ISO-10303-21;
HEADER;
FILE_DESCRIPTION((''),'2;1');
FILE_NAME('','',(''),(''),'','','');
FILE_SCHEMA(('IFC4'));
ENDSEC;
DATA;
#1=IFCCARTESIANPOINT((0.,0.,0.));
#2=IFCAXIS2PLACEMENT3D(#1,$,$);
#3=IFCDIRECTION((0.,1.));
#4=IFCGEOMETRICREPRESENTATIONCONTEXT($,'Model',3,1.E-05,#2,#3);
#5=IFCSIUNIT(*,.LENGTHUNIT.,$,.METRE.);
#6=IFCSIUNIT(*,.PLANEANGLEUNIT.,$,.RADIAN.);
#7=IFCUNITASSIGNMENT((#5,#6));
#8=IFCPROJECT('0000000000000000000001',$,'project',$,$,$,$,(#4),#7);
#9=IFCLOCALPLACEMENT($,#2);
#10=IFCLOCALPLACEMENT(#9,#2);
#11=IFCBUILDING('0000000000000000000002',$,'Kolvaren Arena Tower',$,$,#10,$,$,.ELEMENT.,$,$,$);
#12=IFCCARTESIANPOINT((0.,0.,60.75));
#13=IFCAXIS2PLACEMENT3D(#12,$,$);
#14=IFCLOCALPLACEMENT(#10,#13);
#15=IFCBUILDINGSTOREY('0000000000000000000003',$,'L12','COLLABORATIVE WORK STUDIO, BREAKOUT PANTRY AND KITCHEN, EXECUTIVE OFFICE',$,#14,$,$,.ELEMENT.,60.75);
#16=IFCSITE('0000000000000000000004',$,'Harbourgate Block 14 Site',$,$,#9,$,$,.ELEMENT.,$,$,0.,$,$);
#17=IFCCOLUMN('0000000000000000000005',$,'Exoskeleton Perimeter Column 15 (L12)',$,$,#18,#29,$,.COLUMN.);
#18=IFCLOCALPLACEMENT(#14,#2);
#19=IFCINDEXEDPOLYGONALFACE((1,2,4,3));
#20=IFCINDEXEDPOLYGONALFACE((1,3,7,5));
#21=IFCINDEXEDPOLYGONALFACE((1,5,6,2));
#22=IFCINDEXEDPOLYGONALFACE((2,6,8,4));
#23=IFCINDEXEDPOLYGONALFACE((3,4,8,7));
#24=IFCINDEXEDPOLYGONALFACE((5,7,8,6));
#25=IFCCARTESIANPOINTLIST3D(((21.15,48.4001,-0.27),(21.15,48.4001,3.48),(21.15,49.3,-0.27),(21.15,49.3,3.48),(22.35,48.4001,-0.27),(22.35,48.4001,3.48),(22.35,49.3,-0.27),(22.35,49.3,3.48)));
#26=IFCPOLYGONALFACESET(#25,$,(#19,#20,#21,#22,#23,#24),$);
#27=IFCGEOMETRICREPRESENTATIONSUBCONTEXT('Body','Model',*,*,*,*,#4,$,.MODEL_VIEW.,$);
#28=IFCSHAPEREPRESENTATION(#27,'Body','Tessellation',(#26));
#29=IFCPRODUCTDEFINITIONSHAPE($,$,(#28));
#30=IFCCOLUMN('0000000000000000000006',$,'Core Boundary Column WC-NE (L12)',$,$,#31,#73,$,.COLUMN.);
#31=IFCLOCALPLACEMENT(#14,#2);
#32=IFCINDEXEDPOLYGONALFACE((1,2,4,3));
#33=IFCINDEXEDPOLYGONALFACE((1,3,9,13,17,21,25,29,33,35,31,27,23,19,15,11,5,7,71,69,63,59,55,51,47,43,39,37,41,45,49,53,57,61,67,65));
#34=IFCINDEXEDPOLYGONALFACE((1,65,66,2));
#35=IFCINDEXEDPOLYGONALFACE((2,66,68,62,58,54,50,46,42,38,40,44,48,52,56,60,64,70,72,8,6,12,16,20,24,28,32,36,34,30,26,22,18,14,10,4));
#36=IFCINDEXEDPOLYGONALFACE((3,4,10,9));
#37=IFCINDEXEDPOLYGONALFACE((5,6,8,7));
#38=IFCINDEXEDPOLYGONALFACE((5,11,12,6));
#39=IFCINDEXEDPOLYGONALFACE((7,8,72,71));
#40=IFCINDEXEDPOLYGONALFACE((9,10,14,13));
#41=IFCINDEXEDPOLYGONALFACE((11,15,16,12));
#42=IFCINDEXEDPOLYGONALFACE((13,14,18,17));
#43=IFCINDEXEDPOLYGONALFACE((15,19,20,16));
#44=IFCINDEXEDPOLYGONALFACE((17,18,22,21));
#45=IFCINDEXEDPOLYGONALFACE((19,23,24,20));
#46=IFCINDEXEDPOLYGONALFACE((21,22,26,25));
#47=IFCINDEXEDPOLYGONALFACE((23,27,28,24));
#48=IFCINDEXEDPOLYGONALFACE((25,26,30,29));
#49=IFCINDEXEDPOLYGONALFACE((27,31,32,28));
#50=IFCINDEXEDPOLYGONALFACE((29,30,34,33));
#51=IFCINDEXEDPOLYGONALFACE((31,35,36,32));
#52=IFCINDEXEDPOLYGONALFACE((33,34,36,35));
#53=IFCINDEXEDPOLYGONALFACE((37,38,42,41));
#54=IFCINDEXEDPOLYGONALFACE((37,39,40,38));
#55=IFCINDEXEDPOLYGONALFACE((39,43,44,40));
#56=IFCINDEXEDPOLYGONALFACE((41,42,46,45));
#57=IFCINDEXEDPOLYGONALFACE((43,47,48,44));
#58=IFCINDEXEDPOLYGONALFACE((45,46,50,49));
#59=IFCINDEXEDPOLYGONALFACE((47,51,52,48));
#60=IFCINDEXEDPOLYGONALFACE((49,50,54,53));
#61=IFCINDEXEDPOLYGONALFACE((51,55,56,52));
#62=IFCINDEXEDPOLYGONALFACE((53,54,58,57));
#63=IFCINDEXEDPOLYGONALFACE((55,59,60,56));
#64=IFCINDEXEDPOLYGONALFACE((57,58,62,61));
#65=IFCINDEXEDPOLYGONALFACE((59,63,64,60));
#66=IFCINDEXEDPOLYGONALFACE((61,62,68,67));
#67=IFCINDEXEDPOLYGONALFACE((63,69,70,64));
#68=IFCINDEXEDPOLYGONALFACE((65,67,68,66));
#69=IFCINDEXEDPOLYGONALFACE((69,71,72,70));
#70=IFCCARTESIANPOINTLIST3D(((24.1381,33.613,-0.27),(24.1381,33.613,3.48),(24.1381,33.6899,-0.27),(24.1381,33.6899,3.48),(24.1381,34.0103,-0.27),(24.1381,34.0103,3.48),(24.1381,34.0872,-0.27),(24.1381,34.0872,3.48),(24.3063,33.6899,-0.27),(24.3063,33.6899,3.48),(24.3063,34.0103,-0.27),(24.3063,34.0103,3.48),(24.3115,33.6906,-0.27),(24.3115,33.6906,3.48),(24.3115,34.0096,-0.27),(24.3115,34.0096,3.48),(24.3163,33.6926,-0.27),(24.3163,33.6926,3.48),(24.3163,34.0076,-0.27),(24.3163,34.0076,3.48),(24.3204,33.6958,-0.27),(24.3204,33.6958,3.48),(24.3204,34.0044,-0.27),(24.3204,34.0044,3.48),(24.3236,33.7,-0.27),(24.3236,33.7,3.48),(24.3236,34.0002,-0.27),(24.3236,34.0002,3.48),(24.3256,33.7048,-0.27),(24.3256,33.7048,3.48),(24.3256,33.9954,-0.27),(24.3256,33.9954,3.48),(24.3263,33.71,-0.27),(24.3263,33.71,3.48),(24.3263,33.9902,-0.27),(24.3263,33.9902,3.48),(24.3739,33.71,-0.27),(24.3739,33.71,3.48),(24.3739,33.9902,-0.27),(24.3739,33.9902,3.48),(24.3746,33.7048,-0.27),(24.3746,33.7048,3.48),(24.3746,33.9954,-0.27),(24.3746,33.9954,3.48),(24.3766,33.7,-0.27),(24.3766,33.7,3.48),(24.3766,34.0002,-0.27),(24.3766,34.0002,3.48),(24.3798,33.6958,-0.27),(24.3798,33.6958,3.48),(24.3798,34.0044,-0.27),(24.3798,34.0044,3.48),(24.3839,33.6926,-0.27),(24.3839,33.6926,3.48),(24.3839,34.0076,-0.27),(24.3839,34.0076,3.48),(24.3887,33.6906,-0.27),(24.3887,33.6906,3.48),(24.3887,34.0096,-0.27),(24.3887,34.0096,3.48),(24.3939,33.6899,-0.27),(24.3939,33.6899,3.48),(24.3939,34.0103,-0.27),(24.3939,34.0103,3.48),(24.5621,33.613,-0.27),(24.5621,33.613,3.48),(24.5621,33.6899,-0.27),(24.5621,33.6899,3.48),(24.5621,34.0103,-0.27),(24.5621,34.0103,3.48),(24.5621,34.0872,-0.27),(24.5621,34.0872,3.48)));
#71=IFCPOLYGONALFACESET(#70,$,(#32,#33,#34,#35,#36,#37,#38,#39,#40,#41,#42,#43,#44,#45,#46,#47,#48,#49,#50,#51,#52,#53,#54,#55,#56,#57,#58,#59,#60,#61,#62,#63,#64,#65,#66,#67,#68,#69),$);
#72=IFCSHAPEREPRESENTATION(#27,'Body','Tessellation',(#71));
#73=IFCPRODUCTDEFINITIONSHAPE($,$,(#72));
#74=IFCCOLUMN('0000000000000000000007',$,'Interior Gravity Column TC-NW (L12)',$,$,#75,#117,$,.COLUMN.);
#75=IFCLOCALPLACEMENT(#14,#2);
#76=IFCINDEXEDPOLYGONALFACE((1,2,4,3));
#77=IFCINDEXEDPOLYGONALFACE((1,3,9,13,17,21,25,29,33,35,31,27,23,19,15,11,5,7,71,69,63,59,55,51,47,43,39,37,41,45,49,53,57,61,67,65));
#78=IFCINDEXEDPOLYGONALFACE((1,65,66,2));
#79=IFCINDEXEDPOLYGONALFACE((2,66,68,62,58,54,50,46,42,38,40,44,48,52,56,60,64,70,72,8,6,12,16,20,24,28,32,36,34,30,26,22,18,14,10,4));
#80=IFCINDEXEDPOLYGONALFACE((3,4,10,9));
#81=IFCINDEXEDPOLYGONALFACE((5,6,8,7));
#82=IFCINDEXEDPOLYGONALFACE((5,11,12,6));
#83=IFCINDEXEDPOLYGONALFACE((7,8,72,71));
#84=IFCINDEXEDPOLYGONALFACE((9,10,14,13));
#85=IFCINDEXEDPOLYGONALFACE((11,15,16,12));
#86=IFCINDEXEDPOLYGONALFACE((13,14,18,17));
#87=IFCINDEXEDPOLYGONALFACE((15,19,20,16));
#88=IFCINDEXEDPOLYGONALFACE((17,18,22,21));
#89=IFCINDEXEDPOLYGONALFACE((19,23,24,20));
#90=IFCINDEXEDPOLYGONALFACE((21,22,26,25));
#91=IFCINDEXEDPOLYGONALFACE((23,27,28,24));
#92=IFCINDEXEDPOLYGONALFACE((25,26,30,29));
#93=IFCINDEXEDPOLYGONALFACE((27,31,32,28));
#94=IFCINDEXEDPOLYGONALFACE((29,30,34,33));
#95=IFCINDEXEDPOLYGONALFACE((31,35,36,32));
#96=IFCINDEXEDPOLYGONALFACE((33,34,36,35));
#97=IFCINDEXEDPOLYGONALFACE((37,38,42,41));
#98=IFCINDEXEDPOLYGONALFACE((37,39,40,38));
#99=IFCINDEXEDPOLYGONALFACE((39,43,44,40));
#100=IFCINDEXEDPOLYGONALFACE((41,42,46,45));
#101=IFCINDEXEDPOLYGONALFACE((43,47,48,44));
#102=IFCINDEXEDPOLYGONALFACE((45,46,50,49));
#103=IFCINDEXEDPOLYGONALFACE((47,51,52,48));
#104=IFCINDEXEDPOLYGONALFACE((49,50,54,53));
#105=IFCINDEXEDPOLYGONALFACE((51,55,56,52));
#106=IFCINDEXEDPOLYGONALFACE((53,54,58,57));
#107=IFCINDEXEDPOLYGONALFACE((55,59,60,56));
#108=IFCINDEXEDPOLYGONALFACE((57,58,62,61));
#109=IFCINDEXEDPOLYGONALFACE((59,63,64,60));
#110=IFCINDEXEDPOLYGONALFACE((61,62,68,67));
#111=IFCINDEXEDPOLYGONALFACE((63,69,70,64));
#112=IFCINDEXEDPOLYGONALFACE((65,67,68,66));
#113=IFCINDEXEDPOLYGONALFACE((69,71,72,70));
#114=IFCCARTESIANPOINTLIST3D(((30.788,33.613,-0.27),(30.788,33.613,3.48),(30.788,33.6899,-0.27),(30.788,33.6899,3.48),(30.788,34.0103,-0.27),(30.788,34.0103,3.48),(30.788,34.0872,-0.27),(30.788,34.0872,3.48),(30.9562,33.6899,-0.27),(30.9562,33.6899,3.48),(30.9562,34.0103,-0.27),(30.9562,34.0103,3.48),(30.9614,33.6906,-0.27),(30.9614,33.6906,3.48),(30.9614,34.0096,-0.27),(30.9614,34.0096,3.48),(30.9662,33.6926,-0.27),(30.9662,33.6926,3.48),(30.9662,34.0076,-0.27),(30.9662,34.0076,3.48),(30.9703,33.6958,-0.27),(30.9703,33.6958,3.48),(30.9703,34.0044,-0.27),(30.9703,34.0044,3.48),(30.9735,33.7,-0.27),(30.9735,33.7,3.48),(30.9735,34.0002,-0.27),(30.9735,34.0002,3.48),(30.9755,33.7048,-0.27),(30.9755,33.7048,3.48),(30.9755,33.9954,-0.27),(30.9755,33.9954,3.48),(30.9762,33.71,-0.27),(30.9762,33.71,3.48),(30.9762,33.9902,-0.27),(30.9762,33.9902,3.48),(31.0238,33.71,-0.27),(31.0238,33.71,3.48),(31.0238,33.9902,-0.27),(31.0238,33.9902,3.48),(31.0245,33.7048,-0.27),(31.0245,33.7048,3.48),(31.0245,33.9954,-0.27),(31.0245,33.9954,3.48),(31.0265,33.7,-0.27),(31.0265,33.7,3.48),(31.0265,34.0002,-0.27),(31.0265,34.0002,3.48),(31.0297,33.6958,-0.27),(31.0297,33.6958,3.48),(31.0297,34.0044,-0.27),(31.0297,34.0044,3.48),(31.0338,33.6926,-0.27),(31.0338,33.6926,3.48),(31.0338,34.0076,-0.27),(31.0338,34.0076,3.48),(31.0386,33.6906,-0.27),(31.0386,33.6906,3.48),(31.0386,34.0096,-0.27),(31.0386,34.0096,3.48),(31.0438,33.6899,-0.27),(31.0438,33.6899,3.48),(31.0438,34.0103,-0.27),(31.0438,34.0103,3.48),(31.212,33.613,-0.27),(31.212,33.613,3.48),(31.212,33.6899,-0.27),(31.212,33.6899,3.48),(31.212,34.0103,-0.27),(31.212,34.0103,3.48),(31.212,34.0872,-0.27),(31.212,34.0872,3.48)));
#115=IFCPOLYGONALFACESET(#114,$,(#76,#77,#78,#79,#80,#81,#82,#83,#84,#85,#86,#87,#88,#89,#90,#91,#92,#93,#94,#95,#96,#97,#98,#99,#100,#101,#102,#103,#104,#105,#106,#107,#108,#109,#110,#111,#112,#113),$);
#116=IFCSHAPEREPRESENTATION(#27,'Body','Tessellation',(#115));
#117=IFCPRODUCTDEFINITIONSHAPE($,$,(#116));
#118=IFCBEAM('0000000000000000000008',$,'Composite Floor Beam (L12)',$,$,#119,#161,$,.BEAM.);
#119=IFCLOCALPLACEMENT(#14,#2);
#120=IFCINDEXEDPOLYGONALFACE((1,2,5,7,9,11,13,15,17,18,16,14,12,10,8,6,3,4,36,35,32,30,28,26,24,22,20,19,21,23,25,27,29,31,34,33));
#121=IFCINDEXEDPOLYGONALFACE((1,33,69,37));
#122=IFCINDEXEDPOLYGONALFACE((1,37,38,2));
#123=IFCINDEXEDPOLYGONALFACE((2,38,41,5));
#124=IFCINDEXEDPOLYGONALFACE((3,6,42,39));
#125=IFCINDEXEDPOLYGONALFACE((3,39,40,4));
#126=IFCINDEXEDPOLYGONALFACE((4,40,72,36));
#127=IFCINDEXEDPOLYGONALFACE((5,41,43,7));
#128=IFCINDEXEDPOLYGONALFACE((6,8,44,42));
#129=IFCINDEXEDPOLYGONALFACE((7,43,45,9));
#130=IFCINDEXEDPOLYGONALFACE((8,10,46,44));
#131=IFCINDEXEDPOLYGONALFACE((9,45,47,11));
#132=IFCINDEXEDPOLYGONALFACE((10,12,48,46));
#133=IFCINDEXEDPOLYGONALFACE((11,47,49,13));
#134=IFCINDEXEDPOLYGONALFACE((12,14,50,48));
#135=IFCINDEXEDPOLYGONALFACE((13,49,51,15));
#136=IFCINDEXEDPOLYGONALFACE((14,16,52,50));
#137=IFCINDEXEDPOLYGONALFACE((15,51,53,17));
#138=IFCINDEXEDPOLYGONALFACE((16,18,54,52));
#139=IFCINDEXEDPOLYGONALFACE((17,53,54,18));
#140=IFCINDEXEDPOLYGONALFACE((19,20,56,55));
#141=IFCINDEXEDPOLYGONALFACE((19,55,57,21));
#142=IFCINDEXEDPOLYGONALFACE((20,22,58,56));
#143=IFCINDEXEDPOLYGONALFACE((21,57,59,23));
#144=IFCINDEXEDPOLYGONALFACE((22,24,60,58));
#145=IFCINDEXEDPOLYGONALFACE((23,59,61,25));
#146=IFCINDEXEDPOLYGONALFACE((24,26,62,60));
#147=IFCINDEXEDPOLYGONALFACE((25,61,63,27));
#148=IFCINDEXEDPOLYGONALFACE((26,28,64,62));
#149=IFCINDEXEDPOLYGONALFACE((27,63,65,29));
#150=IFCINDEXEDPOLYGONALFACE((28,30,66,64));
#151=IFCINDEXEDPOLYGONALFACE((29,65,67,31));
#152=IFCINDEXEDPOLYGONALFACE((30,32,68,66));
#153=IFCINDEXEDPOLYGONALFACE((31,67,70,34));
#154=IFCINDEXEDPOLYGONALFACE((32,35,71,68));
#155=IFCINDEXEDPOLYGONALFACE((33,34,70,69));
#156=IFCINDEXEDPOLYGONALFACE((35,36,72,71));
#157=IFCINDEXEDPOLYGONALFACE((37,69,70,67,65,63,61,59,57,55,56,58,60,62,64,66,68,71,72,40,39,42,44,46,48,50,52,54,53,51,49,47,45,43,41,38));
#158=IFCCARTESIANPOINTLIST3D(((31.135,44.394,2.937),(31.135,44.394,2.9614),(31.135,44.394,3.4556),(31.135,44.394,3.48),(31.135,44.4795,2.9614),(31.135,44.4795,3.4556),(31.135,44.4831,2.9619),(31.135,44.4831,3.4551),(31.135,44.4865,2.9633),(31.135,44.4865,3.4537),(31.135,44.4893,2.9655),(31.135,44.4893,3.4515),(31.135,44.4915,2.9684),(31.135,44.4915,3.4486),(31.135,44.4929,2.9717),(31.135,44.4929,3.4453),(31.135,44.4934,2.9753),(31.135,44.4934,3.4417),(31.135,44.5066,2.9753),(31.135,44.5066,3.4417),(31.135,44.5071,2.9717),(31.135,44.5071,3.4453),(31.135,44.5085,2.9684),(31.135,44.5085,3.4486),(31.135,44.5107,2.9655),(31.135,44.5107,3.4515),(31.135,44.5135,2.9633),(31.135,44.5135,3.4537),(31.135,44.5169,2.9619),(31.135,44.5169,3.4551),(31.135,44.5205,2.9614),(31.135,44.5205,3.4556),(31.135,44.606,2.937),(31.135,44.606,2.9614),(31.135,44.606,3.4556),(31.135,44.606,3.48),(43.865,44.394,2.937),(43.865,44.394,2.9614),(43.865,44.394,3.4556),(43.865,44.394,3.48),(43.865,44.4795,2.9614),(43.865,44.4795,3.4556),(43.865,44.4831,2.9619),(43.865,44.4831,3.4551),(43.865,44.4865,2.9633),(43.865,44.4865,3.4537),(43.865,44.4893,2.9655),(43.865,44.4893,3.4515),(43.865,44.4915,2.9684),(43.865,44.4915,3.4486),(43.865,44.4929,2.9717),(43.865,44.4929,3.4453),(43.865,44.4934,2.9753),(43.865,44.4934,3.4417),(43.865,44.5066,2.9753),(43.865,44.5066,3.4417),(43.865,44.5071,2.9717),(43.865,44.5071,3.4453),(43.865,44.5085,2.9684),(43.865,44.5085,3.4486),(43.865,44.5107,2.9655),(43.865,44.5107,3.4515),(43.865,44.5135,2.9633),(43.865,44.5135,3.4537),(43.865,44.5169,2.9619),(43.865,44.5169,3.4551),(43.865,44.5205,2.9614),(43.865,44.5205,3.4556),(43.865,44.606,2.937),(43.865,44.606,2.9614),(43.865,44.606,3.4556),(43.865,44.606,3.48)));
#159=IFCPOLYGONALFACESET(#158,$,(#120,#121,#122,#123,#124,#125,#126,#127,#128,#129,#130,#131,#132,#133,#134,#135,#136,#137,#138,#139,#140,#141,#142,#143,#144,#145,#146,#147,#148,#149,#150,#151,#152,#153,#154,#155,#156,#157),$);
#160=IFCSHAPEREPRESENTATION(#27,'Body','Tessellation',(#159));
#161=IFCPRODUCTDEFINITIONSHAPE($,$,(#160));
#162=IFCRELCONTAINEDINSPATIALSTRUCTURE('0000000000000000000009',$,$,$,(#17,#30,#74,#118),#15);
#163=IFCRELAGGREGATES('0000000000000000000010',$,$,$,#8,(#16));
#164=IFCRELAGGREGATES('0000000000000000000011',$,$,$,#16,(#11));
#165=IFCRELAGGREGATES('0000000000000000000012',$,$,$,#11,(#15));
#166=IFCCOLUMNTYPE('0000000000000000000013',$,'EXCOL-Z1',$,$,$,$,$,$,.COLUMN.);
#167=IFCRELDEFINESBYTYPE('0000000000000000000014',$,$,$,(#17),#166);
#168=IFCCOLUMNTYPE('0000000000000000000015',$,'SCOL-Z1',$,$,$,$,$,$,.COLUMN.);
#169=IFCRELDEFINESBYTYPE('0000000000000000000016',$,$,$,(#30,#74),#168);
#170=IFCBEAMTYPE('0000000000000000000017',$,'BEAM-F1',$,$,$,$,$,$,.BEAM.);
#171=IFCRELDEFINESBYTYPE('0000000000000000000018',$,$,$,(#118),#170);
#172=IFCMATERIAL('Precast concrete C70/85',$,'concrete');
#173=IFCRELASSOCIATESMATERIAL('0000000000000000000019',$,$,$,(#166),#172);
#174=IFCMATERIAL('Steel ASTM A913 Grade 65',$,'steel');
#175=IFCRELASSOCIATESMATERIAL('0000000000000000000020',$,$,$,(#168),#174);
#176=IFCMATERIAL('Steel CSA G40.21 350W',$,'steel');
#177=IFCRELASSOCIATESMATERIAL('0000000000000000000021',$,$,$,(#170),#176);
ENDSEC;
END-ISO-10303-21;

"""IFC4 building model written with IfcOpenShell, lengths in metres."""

from ifc_helpers import new_model, si_unit, direction, frame, origin, origin_2d, place, context, subcontext, project, spatial, rectangle, i_section, extrude, material, material_profile, profile_set, type_object, element, save


model = new_model("IFC4")

# Units and contexts
model_context = context("Model", 3, precision=1e-05, world=origin(), true_north=direction((0.0, 1.0)))
body_context = subcontext(model_context, "Body", "Model", "MODEL_VIEW")
ifc_project = project(units=[si_unit("LENGTHUNIT", "METRE"), si_unit("PLANEANGLEUNIT", "RADIAN")], contexts=[model_context])

# Site, building, storey
site_placement = place(None, origin())
site = spatial("IfcSite", under=ifc_project, at=site_placement, Name="Harbourgate Block 14 Site", CompositionType="ELEMENT", RefElevation=0.0)
building_placement = place(site_placement, origin())
building = spatial("IfcBuilding", under=site, at=building_placement, Name="Kolvaren Arena Tower", CompositionType="ELEMENT")
storey_placement = place(building_placement, frame((0.0, 0.0, 60.75)))
storey = spatial("IfcBuildingStorey", under=building, at=storey_placement, Name="L12", Description="COLLABORATIVE WORK STUDIO, BREAKOUT PANTRY AND KITCHEN, EXECUTIVE OFFICE", CompositionType="ELEMENT", Elevation=60.75)

# Columns
ifc_material_1 = material(Name="Precast concrete C70/85", Category="concrete")
ifc_material_profile_1 = material_profile(ifc_material_1, rectangle(XDim=1.2, YDim=0.8999, at=origin_2d()), Name="RC-1200x900")
ifc_profile_set_1 = profile_set([ifc_material_profile_1], Name="Precast concrete C70/85")
column_type_1 = type_object("IfcColumnType", Name="EXCOL-Z1", PredefinedType="COLUMN", material=ifc_profile_set_1)
column_placement = place(storey_placement, frame((21.75, 48.8501, -0.27), z_axis=(0.0, 0.0, 1.0), x_axis=(1.0, 0.0, 0.0)))
element("IfcColumn", 1, at=column_placement, inside=storey, type_object=column_type_1, Name="Exoskeleton Perimeter Column 15 (L12)", PredefinedType="COLUMN", context=body_context, shape_type="SweptSolid", body=[
    extrude(rectangle(XDim=1.2, YDim=0.8999, at=origin_2d()), origin(), (0.0, 0.0, 1.0), 3.75),
])
ifc_material_2 = material(Name="Steel ASTM A913 Grade 65", Category="steel")
ifc_material_profile_2 = material_profile(ifc_material_2, i_section(OverallWidth=0.4241, OverallDepth=0.4741, WebThickness=0.0476, FlangeThickness=0.0769, FilletRadius=0.02, at=origin_2d()), Name="W360x634")
ifc_profile_set_2 = profile_set([ifc_material_profile_2], Name="Steel ASTM A913 Grade 65")
column_type_2 = type_object("IfcColumnType", Name="SCOL-Z1", PredefinedType="COLUMN", material=ifc_profile_set_2)
for number, where, z_axis, x_axis, name in (
    (2, (24.3501, 33.8501, -0.27), (0.0, 0.0, 1.0), (1.0, 0.0, 0.0), "Core Boundary Column WC-NE (L12)"),
    (3, (31.0, 33.8501, -0.27), (0.0, 0.0, 1.0), (1.0, 0.0, 0.0), "Interior Gravity Column TC-NW (L12)"),
):
    element("IfcColumn", number, at=place(storey_placement, frame(where, z_axis=z_axis, x_axis=x_axis)), inside=storey, type_object=column_type_2, Name=name, PredefinedType="COLUMN", context=body_context, shape_type="SweptSolid", body=[
        extrude(i_section(OverallWidth=0.4241, OverallDepth=0.4741, WebThickness=0.0476, FlangeThickness=0.0769, FilletRadius=0.02, at=origin_2d()), origin(), (0.0, 0.0, 1.0), 3.75),
    ])

# Beam
ifc_material_3 = material(Name="Steel CSA G40.21 350W", Category="steel")
ifc_material_profile_3 = material_profile(ifc_material_3, i_section(OverallWidth=0.2119, OverallDepth=0.543, WebThickness=0.0132, FlangeThickness=0.0244, FilletRadius=0.0139, at=origin_2d()), Name="W530x150")
ifc_profile_set_3 = profile_set([ifc_material_profile_3], Name="Steel CSA G40.21 350W")
beam_type_1 = type_object("IfcBeamType", Name="BEAM-F1", PredefinedType="BEAM", material=ifc_profile_set_3)
beam_1_placement = place(storey_placement, frame((31.135, 44.5, 3.2085), z_axis=(1.0, 0.0, 0.0), x_axis=(0.0, 1.0, 0.0)))
element("IfcBeam", 4, at=beam_1_placement, inside=storey, type_object=beam_type_1, Name="Composite Floor Beam (L12)", PredefinedType="BEAM", context=body_context, shape_type="SweptSolid", body=[
    extrude(i_section(OverallWidth=0.2119, OverallDepth=0.543, WebThickness=0.0132, FlangeThickness=0.0244, FilletRadius=0.0139, at=origin_2d()), origin(), (0.0, 0.0, 1.0), 12.73),
])

save(model, "model.ifc")
